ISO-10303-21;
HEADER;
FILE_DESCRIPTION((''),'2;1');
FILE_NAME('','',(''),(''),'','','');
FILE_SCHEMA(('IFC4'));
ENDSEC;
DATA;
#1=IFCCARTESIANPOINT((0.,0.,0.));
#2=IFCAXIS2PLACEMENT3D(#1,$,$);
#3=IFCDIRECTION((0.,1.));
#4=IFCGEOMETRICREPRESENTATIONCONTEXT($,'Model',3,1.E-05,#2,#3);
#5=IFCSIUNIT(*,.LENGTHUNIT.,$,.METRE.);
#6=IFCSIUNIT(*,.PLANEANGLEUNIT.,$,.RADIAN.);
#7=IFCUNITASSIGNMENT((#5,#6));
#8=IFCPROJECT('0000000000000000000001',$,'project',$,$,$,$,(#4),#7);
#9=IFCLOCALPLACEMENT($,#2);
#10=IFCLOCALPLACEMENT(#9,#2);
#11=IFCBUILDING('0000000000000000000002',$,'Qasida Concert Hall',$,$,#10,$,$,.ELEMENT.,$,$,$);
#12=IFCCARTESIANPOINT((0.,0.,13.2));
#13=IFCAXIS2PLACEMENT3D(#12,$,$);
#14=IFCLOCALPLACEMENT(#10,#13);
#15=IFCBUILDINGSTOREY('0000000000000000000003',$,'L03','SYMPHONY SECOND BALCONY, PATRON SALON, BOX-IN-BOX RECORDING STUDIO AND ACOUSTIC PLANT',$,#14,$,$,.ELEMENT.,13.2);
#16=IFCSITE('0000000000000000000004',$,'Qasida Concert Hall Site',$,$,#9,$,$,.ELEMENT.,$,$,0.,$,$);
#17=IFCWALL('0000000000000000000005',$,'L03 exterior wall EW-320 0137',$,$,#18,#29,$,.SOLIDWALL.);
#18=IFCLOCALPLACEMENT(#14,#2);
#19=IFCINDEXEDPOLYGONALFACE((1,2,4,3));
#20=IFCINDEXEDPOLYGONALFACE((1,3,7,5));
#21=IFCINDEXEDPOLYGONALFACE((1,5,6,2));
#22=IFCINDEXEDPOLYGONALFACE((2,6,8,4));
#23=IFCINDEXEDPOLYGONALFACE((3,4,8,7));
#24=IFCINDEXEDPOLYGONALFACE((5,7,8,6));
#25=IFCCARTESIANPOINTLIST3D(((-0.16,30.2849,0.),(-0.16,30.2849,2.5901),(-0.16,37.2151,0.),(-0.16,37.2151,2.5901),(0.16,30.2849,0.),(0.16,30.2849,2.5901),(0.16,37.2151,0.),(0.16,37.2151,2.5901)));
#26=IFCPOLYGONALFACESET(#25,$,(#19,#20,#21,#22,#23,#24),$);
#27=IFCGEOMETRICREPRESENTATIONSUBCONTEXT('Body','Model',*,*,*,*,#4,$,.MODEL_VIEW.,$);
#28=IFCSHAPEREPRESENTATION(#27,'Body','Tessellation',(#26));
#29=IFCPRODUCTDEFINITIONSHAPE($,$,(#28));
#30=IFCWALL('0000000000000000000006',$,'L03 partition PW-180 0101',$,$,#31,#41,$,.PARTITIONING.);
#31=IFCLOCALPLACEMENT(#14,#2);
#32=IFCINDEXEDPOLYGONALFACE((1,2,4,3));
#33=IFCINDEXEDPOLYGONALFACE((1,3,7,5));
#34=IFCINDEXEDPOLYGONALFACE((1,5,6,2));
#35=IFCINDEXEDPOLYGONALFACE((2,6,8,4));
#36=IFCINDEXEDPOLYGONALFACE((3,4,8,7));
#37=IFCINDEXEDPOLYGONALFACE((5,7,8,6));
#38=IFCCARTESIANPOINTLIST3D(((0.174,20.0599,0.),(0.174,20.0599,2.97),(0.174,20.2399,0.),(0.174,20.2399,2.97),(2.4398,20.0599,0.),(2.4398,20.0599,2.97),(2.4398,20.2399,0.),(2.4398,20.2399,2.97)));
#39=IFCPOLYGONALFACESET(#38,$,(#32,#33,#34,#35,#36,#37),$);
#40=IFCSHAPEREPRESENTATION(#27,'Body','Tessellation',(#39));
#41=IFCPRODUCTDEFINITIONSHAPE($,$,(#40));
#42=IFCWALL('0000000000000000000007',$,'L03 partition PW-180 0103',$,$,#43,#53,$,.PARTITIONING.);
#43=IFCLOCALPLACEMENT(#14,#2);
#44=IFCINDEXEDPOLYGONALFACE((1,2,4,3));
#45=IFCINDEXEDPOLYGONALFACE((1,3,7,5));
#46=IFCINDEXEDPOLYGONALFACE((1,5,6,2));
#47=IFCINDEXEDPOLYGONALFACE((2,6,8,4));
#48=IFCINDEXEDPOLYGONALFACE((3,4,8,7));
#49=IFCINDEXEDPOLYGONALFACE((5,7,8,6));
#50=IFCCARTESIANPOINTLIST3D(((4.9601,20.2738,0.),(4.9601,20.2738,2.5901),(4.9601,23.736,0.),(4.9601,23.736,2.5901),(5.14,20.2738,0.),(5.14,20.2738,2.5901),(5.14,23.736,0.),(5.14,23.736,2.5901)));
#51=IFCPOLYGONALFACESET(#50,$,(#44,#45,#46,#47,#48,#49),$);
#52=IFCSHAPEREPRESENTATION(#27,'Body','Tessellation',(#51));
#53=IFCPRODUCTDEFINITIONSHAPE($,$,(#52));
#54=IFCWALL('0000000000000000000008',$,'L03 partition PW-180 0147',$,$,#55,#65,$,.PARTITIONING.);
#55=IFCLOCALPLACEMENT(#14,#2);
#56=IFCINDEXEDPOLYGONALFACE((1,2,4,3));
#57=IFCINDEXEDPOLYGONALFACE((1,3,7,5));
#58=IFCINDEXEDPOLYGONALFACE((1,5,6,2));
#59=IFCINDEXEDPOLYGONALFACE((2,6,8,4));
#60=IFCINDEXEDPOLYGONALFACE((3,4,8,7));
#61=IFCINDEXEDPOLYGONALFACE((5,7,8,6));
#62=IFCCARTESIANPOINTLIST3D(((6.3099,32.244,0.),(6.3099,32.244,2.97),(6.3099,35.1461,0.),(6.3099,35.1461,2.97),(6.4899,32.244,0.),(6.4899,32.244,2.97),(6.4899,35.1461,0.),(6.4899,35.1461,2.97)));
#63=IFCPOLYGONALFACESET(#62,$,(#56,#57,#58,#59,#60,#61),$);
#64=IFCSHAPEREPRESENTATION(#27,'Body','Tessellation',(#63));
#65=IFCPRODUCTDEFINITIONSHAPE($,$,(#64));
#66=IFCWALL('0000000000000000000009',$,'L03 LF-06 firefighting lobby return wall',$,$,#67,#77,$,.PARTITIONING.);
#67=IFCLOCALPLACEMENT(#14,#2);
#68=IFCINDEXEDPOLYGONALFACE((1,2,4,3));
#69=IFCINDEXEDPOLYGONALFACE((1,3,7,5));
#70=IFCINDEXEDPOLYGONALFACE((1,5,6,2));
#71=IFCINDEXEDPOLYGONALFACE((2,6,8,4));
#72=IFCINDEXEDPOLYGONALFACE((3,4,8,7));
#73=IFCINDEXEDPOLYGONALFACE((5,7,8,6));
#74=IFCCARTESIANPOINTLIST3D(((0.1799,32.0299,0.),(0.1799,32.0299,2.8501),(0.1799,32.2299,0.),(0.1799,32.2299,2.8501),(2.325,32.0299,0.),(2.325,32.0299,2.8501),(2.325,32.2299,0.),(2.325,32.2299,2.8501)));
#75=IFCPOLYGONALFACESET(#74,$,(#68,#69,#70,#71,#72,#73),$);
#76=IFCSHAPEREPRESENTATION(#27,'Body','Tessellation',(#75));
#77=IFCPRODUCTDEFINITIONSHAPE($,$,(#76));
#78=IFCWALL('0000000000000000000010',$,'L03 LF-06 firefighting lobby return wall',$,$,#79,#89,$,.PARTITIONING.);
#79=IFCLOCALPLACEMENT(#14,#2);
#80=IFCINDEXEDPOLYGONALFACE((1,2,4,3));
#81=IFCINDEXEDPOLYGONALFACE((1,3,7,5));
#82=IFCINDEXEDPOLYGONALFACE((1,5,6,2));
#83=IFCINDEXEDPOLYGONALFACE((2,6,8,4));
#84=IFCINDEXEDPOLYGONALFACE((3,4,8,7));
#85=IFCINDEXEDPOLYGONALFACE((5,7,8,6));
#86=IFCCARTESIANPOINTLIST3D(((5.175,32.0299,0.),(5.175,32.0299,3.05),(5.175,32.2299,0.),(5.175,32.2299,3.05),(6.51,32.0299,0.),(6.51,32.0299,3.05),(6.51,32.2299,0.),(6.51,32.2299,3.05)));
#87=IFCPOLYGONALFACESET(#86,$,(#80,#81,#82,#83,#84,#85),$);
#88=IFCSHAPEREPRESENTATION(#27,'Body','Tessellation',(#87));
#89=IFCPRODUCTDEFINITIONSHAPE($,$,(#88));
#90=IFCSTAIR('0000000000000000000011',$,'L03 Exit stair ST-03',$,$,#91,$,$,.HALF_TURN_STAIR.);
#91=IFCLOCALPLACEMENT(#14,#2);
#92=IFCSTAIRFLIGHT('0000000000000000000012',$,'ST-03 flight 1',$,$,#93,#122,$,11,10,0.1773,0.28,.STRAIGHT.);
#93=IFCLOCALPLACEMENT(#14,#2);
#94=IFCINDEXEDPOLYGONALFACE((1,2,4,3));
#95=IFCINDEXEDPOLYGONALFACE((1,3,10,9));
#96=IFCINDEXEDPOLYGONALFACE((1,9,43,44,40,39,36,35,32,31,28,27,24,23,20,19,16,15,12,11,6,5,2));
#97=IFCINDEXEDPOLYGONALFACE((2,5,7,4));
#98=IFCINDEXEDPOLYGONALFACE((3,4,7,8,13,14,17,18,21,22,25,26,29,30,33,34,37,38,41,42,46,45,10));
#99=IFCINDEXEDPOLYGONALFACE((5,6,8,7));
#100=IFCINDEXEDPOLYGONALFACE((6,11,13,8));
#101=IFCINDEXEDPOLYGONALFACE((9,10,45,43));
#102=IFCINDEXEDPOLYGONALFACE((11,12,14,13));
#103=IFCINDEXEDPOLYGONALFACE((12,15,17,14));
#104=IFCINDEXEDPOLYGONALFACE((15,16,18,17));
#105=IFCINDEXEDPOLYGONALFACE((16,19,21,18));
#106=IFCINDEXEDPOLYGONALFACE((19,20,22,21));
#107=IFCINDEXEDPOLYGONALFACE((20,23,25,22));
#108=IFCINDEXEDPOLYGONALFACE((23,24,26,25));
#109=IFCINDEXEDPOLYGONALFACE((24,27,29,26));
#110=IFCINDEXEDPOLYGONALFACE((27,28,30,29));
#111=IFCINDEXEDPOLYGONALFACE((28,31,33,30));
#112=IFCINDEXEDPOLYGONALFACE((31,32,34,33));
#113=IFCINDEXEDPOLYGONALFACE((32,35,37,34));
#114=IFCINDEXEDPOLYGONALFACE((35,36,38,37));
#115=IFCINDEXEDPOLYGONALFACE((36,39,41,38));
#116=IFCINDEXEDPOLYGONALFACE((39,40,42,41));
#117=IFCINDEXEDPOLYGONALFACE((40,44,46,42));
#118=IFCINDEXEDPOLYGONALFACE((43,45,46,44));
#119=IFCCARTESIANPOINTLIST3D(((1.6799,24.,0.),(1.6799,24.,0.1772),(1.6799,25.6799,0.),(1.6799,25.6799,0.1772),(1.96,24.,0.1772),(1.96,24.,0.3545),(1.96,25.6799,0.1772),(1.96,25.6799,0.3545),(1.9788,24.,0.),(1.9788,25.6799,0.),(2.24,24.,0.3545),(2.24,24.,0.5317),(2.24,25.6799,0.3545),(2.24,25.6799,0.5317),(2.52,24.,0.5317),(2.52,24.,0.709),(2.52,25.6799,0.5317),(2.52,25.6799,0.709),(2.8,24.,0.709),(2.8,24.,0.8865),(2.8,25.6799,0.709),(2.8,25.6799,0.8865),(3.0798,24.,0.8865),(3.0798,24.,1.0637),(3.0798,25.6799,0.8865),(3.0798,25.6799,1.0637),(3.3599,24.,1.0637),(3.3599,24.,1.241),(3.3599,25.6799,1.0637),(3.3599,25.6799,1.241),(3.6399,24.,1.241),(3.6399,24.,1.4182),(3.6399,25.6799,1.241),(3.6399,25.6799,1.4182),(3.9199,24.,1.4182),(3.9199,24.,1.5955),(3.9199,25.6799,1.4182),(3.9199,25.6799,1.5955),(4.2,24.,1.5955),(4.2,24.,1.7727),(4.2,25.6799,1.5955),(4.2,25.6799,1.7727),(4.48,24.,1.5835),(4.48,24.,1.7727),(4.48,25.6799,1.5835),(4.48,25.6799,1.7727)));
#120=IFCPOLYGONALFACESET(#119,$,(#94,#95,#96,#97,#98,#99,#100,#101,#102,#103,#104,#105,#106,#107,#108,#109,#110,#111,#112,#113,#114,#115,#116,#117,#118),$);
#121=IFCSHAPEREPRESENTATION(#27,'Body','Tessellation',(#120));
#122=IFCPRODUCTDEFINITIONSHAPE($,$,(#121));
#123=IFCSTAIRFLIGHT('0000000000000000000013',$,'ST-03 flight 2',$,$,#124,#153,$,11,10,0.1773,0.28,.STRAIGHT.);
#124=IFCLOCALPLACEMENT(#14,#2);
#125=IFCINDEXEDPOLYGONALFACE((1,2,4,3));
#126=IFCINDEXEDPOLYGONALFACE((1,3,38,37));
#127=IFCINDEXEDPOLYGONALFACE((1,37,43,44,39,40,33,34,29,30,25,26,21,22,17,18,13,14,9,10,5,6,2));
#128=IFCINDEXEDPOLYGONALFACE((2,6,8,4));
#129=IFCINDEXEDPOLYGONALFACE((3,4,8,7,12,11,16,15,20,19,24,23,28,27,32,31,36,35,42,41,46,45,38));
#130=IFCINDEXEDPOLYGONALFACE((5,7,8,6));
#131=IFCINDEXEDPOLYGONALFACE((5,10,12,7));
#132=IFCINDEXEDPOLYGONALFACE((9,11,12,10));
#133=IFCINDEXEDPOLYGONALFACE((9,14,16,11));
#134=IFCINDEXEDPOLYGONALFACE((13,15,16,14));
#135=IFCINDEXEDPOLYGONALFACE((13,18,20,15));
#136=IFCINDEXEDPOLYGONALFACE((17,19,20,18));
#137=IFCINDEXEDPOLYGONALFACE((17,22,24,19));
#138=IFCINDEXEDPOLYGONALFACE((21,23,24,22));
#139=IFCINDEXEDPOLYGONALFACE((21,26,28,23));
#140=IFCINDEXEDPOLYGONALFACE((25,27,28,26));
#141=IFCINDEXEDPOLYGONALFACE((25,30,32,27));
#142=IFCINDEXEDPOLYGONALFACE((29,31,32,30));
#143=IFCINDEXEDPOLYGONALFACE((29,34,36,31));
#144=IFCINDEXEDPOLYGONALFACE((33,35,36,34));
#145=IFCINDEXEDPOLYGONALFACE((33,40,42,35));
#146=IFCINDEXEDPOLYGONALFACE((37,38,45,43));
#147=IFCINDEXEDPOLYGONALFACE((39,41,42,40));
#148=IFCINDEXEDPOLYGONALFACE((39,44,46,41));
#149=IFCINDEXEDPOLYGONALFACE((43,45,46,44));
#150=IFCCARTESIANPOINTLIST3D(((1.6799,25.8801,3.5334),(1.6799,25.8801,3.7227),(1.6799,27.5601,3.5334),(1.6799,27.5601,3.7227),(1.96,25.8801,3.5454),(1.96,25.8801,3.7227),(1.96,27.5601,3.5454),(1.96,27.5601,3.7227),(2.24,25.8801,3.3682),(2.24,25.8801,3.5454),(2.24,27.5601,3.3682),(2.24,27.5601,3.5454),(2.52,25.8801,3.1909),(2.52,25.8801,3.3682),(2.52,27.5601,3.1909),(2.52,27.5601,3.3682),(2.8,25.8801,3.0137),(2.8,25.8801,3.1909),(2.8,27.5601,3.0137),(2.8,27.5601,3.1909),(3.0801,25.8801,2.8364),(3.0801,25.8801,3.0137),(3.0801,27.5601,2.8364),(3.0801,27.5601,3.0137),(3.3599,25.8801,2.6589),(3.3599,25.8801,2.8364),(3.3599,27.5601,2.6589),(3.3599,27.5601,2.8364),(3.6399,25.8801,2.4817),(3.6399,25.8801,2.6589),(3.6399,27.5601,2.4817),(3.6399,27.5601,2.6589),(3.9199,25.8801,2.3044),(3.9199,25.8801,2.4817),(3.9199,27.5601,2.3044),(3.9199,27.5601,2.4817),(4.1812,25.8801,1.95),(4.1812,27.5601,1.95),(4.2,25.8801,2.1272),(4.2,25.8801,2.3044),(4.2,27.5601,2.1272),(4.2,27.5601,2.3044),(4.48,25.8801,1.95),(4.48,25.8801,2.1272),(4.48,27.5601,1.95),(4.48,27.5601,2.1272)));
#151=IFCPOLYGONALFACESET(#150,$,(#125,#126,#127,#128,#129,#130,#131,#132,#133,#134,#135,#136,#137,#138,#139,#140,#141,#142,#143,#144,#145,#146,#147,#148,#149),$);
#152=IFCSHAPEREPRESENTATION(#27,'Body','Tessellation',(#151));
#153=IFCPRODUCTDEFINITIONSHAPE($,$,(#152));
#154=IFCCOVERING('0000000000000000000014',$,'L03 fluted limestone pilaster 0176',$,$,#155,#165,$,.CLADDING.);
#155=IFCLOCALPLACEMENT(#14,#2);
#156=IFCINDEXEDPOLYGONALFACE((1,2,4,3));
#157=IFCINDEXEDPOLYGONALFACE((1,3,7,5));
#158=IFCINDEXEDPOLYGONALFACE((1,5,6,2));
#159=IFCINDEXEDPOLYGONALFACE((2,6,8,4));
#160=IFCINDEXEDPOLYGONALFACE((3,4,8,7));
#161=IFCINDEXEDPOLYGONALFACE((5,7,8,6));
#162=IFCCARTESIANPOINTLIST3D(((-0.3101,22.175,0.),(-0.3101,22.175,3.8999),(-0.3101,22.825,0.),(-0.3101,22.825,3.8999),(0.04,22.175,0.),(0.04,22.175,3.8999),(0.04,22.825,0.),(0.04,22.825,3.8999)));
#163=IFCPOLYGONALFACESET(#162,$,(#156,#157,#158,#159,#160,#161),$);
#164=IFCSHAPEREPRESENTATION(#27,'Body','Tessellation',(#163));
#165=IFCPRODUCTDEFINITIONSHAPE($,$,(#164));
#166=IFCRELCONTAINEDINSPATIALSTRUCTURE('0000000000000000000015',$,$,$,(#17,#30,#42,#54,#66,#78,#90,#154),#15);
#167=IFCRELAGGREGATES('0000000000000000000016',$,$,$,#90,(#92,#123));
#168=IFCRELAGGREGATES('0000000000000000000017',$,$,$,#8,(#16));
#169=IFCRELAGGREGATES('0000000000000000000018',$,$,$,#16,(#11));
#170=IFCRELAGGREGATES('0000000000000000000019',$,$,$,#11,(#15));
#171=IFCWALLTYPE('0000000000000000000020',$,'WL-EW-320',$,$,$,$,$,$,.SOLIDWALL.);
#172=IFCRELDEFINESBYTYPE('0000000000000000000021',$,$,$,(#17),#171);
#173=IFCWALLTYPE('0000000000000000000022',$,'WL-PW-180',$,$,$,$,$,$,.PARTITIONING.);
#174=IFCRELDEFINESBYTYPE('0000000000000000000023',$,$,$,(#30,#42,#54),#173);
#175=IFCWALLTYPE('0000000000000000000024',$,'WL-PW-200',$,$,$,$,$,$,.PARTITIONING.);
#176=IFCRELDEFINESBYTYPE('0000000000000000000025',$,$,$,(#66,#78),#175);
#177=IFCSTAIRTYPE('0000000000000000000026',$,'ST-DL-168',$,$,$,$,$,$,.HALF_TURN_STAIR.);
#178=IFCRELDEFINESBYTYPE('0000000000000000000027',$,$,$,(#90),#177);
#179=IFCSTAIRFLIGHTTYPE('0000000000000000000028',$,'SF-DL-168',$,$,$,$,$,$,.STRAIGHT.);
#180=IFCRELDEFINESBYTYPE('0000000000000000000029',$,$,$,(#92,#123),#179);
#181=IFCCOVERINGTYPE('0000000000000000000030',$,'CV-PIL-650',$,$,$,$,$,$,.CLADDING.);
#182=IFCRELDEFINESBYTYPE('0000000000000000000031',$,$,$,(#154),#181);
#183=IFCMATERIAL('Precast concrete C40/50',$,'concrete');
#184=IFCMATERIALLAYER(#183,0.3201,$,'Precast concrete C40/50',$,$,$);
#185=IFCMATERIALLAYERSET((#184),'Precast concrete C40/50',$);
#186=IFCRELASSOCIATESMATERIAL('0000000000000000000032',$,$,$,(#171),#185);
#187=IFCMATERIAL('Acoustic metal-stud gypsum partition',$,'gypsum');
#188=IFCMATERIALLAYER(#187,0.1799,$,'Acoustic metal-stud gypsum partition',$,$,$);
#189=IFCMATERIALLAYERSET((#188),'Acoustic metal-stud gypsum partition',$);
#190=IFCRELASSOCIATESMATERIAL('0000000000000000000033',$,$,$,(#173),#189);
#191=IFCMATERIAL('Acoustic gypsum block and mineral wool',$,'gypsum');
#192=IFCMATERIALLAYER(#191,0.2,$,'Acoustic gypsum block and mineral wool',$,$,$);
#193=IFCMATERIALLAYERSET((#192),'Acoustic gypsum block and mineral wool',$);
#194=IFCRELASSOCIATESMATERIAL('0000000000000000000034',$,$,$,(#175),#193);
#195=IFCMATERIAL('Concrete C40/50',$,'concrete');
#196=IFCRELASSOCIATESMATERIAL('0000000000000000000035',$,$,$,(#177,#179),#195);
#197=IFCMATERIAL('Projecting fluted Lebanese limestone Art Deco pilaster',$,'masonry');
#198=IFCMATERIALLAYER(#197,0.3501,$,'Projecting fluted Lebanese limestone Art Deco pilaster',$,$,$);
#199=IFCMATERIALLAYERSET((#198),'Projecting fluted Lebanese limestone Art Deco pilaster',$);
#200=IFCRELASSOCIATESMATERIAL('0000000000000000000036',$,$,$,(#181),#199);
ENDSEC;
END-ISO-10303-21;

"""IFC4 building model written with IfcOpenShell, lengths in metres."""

from ifc_helpers import new_model, si_unit, direction, frame, frame_2d, origin, origin_2d, place, context, subcontext, project, spatial, polyline, rectangle, outline, extrude, material, layer, layer_set, type_object, element, aggregate, save


model = new_model("IFC4")

# Units and contexts
model_context = context("Model", 3, precision=1e-05, world=origin(), true_north=direction((0.0, 1.0)))
body_context = subcontext(model_context, "Body", "Model", "MODEL_VIEW")
ifc_project = project(units=[si_unit("LENGTHUNIT", "METRE"), si_unit("PLANEANGLEUNIT", "RADIAN")], contexts=[model_context])

# Site, building, storey
site_placement = place(None, origin())
site = spatial("IfcSite", under=ifc_project, at=site_placement, Name="Qasida Concert Hall Site", CompositionType="ELEMENT", RefElevation=0.0)
building_placement = place(site_placement, origin())
building = spatial("IfcBuilding", under=site, at=building_placement, Name="Qasida Concert Hall", CompositionType="ELEMENT")
storey_placement = place(building_placement, frame((0.0, 0.0, 13.2)))
storey = spatial("IfcBuildingStorey", under=building, at=storey_placement, Name="L03", Description="SYMPHONY SECOND BALCONY, PATRON SALON, BOX-IN-BOX RECORDING STUDIO AND ACOUSTIC PLANT", CompositionType="ELEMENT", Elevation=13.2)

# Shared definitions
ifc_material_1 = material(Name="Concrete C40/50", Category="concrete")

# Walls
ifc_material_2 = material(Name="Precast concrete C40/50", Category="concrete")
ifc_layer_1 = layer(ifc_material_2, 0.3201, Name="Precast concrete C40/50")
ifc_layer_set_1 = layer_set([ifc_layer_1], Name="Precast concrete C40/50")
wall_type_1 = type_object("IfcWallType", Name="WL-EW-320", PredefinedType="SOLIDWALL", material=ifc_layer_set_1)
for number, where, z_axis, x_axis, name in (
    (1, (0.0, 30.2849, 0.0), (0.0, 0.0, 1.0), (0.0, 1.0, 0.0), "L03 exterior wall EW-320 0137"),
):
    element("IfcWall", number, at=place(storey_placement, frame(where, z_axis=z_axis, x_axis=x_axis)), inside=storey, type_object=wall_type_1, Name=name, PredefinedType="SOLIDWALL", context=body_context, shape_type="SweptSolid", body=[
        extrude(rectangle(XDim=6.9302, YDim=0.3201, at=frame_2d((3.4651, 0.0))), origin(), (0.0, 0.0, 1.0), 2.5901),
    ])
ifc_material_3 = material(Name="Acoustic metal-stud gypsum partition", Category="gypsum")
ifc_layer_2 = layer(ifc_material_3, 0.1799, Name="Acoustic metal-stud gypsum partition")
ifc_layer_set_2 = layer_set([ifc_layer_2], Name="Acoustic metal-stud gypsum partition")
wall_type_2 = type_object("IfcWallType", Name="WL-PW-180", PredefinedType="PARTITIONING", material=ifc_layer_set_2)
wall_1_placement = place(storey_placement, frame((0.1741, 20.1499, 0.0), z_axis=(0.0, 0.0, 1.0), x_axis=(1.0, 0.0, 0.0)))
element("IfcWall", 2, at=wall_1_placement, inside=storey, type_object=wall_type_2, Name="L03 partition PW-180 0101", PredefinedType="PARTITIONING", context=body_context, shape_type="SweptSolid", body=[
    extrude(rectangle(XDim=2.2659, YDim=0.1799, at=frame_2d((1.1328, 0.0))), origin(), (0.0, 0.0, 1.0), 2.97),
])
wall_2_placement = place(storey_placement, frame((5.05, 20.2739, 0.0), z_axis=(0.0, 0.0, 1.0), x_axis=(0.0, 1.0, 0.0)))
element("IfcWall", 3, at=wall_2_placement, inside=storey, type_object=wall_type_2, Name="L03 partition PW-180 0103", PredefinedType="PARTITIONING", context=body_context, shape_type="SweptSolid", body=[
    extrude(rectangle(XDim=3.4622, YDim=0.1799, at=frame_2d((1.731, 0.0))), origin(), (0.0, 0.0, 1.0), 2.5901),
])
wall_3_placement = place(storey_placement, frame((6.3999, 32.2439, 0.0), z_axis=(0.0, 0.0, 1.0), x_axis=(0.0, 1.0, 0.0)))
element("IfcWall", 4, at=wall_3_placement, inside=storey, type_object=wall_type_2, Name="L03 partition PW-180 0147", PredefinedType="PARTITIONING", context=body_context, shape_type="SweptSolid", body=[
    extrude(rectangle(XDim=2.9021, YDim=0.1799, at=frame_2d((1.4512, 0.0))), origin(), (0.0, 0.0, 1.0), 2.97),
])
ifc_material_4 = material(Name="Acoustic gypsum block and mineral wool", Category="gypsum")
ifc_layer_3 = layer(ifc_material_4, 0.2, Name="Acoustic gypsum block and mineral wool")
ifc_layer_set_3 = layer_set([ifc_layer_3], Name="Acoustic gypsum block and mineral wool")
wall_type_3 = type_object("IfcWallType", Name="WL-PW-200", PredefinedType="PARTITIONING", material=ifc_layer_set_3)
wall_4_placement = place(storey_placement, frame((0.1799, 32.1299, 0.0), z_axis=(0.0, 0.0, 1.0), x_axis=(1.0, 0.0, 0.0)))
element("IfcWall", 5, at=wall_4_placement, inside=storey, type_object=wall_type_3, Name="L03 LF-06 firefighting lobby return wall", PredefinedType="PARTITIONING", context=body_context, shape_type="SweptSolid", body=[
    extrude(rectangle(XDim=2.145, YDim=0.2, at=frame_2d((1.0725, 0.0))), origin(), (0.0, 0.0, 1.0), 2.8501),
])
wall_5_placement = place(storey_placement, frame((5.175, 32.1299, 0.0), z_axis=(0.0, 0.0, 1.0), x_axis=(1.0, 0.0, 0.0)))
element("IfcWall", 6, at=wall_5_placement, inside=storey, type_object=wall_type_3, Name="L03 LF-06 firefighting lobby return wall", PredefinedType="PARTITIONING", context=body_context, shape_type="SweptSolid", body=[
    extrude(rectangle(XDim=1.335, YDim=0.2, at=frame_2d((0.6675, 0.0))), origin(), (0.0, 0.0, 1.0), 3.05),
])

# Stair, stair flights
stair_type = type_object("IfcStairType", Name="ST-DL-168", PredefinedType="HALF_TURN_STAIR", material=ifc_material_1)
stair_placement = place(storey_placement, origin())
stair = element("IfcStair", 7, at=stair_placement, inside=storey, type_object=stair_type, Name="L03 Exit stair ST-03", PredefinedType="HALF_TURN_STAIR")
stair_flight_type = type_object("IfcStairFlightType", Name="SF-DL-168", PredefinedType="STRAIGHT", material=ifc_material_1)
stair_flight_1_placement = place(storey_placement, frame((1.6799, 24.8401, 0.0), z_axis=(0.0, 0.0, 1.0), x_axis=(1.0, 0.0, 0.0)))
stair_flight_1 = element("IfcStairFlight", 8, at=stair_flight_1_placement, type_object=stair_flight_type, Name="ST-03 flight 1", NumberOfRisers=11, NumberOfTreads=10, PredefinedType="STRAIGHT", RiserHeight=0.1773, TreadLength=0.28, context=body_context, shape_type="SweptSolid", body=[
    extrude(outline(polyline([(0.0, 0.0), (0.0, 0.1772), (0.28, 0.1772), (0.28, 0.3545), (0.5601, 0.3545), (0.5601, 0.5317), (0.8401, 0.5317), (0.8401, 0.709), (1.1201, 0.709), (1.1201, 0.8865), (1.3999, 0.8865), (1.3999, 1.0637), (1.6799, 1.0637), (1.6799, 1.241), (1.96, 1.241), (1.96, 1.4182), (2.24, 1.4182), (2.24, 1.5955), (2.52, 1.5955), (2.52, 1.7727), (2.8, 1.7727), (2.8, 1.95), (2.8, 1.5835), (0.2988, 0.0), (0.0, 0.0)])), frame((0.0, 0.8398, 0.0), z_axis=(0.0, -1.0, 0.0), x_axis=(1.0, 0.0, 0.0)), (0.0, 0.0, 1.0), 1.6799),
])
stair_flight_2_placement = place(storey_placement, frame((4.48, 26.72, 1.95), z_axis=(0.0, 0.0, 1.0), x_axis=(-1.0, 0.0, 0.0)))
stair_flight_2 = element("IfcStairFlight", 9, at=stair_flight_2_placement, type_object=stair_flight_type, Name="ST-03 flight 2", NumberOfRisers=11, NumberOfTreads=10, PredefinedType="STRAIGHT", RiserHeight=0.1773, TreadLength=0.28, context=body_context, shape_type="SweptSolid", body=[
    extrude(outline(polyline([(0.0, 0.0), (0.0, 0.1772), (0.28, 0.1772), (0.28, 0.3545), (0.5601, 0.3545), (0.5601, 0.5317), (0.8401, 0.5317), (0.8401, 0.709), (1.1201, 0.709), (1.1201, 0.8865), (1.3999, 0.8865), (1.3999, 1.0637), (1.6799, 1.0637), (1.6799, 1.241), (1.96, 1.241), (1.96, 1.4182), (2.24, 1.4182), (2.24, 1.5955), (2.52, 1.5955), (2.52, 1.7727), (2.8, 1.7727), (2.8, 1.95), (2.8, 1.5835), (0.2988, 0.0), (0.0, 0.0)])), frame((0.0, 0.8398, 0.0), z_axis=(0.0, -1.0, 0.0), x_axis=(1.0, 0.0, 0.0)), (0.0, 0.0, 1.0), 1.6799),
])
aggregate(stair, [stair_flight_1, stair_flight_2])

# Covering
ifc_material_5 = material(Name="Projecting fluted Lebanese limestone Art Deco pilaster", Category="masonry")
ifc_layer_4 = layer(ifc_material_5, 0.3501, Name="Projecting fluted Lebanese limestone Art Deco pilaster")
ifc_layer_set_4 = layer_set([ifc_layer_4], Name="Projecting fluted Lebanese limestone Art Deco pilaster")
covering_type = type_object("IfcCoveringType", Name="CV-PIL-650", PredefinedType="CLADDING", material=ifc_layer_set_4)
covering_placement = place(storey_placement, frame((-0.135, 22.5, 0.0), z_axis=(0.0, 0.0, 1.0), x_axis=(1.0, 0.0, 0.0)))
element("IfcCovering", 10, at=covering_placement, inside=storey, type_object=covering_type, Name="L03 fluted limestone pilaster 0176", PredefinedType="CLADDING", context=body_context, shape_type="SweptSolid", body=[
    extrude(rectangle(XDim=0.3501, YDim=0.6499, at=origin_2d()), origin(), (0.0, 0.0, 1.0), 3.8999),
])

save(model, "model.ifc")
